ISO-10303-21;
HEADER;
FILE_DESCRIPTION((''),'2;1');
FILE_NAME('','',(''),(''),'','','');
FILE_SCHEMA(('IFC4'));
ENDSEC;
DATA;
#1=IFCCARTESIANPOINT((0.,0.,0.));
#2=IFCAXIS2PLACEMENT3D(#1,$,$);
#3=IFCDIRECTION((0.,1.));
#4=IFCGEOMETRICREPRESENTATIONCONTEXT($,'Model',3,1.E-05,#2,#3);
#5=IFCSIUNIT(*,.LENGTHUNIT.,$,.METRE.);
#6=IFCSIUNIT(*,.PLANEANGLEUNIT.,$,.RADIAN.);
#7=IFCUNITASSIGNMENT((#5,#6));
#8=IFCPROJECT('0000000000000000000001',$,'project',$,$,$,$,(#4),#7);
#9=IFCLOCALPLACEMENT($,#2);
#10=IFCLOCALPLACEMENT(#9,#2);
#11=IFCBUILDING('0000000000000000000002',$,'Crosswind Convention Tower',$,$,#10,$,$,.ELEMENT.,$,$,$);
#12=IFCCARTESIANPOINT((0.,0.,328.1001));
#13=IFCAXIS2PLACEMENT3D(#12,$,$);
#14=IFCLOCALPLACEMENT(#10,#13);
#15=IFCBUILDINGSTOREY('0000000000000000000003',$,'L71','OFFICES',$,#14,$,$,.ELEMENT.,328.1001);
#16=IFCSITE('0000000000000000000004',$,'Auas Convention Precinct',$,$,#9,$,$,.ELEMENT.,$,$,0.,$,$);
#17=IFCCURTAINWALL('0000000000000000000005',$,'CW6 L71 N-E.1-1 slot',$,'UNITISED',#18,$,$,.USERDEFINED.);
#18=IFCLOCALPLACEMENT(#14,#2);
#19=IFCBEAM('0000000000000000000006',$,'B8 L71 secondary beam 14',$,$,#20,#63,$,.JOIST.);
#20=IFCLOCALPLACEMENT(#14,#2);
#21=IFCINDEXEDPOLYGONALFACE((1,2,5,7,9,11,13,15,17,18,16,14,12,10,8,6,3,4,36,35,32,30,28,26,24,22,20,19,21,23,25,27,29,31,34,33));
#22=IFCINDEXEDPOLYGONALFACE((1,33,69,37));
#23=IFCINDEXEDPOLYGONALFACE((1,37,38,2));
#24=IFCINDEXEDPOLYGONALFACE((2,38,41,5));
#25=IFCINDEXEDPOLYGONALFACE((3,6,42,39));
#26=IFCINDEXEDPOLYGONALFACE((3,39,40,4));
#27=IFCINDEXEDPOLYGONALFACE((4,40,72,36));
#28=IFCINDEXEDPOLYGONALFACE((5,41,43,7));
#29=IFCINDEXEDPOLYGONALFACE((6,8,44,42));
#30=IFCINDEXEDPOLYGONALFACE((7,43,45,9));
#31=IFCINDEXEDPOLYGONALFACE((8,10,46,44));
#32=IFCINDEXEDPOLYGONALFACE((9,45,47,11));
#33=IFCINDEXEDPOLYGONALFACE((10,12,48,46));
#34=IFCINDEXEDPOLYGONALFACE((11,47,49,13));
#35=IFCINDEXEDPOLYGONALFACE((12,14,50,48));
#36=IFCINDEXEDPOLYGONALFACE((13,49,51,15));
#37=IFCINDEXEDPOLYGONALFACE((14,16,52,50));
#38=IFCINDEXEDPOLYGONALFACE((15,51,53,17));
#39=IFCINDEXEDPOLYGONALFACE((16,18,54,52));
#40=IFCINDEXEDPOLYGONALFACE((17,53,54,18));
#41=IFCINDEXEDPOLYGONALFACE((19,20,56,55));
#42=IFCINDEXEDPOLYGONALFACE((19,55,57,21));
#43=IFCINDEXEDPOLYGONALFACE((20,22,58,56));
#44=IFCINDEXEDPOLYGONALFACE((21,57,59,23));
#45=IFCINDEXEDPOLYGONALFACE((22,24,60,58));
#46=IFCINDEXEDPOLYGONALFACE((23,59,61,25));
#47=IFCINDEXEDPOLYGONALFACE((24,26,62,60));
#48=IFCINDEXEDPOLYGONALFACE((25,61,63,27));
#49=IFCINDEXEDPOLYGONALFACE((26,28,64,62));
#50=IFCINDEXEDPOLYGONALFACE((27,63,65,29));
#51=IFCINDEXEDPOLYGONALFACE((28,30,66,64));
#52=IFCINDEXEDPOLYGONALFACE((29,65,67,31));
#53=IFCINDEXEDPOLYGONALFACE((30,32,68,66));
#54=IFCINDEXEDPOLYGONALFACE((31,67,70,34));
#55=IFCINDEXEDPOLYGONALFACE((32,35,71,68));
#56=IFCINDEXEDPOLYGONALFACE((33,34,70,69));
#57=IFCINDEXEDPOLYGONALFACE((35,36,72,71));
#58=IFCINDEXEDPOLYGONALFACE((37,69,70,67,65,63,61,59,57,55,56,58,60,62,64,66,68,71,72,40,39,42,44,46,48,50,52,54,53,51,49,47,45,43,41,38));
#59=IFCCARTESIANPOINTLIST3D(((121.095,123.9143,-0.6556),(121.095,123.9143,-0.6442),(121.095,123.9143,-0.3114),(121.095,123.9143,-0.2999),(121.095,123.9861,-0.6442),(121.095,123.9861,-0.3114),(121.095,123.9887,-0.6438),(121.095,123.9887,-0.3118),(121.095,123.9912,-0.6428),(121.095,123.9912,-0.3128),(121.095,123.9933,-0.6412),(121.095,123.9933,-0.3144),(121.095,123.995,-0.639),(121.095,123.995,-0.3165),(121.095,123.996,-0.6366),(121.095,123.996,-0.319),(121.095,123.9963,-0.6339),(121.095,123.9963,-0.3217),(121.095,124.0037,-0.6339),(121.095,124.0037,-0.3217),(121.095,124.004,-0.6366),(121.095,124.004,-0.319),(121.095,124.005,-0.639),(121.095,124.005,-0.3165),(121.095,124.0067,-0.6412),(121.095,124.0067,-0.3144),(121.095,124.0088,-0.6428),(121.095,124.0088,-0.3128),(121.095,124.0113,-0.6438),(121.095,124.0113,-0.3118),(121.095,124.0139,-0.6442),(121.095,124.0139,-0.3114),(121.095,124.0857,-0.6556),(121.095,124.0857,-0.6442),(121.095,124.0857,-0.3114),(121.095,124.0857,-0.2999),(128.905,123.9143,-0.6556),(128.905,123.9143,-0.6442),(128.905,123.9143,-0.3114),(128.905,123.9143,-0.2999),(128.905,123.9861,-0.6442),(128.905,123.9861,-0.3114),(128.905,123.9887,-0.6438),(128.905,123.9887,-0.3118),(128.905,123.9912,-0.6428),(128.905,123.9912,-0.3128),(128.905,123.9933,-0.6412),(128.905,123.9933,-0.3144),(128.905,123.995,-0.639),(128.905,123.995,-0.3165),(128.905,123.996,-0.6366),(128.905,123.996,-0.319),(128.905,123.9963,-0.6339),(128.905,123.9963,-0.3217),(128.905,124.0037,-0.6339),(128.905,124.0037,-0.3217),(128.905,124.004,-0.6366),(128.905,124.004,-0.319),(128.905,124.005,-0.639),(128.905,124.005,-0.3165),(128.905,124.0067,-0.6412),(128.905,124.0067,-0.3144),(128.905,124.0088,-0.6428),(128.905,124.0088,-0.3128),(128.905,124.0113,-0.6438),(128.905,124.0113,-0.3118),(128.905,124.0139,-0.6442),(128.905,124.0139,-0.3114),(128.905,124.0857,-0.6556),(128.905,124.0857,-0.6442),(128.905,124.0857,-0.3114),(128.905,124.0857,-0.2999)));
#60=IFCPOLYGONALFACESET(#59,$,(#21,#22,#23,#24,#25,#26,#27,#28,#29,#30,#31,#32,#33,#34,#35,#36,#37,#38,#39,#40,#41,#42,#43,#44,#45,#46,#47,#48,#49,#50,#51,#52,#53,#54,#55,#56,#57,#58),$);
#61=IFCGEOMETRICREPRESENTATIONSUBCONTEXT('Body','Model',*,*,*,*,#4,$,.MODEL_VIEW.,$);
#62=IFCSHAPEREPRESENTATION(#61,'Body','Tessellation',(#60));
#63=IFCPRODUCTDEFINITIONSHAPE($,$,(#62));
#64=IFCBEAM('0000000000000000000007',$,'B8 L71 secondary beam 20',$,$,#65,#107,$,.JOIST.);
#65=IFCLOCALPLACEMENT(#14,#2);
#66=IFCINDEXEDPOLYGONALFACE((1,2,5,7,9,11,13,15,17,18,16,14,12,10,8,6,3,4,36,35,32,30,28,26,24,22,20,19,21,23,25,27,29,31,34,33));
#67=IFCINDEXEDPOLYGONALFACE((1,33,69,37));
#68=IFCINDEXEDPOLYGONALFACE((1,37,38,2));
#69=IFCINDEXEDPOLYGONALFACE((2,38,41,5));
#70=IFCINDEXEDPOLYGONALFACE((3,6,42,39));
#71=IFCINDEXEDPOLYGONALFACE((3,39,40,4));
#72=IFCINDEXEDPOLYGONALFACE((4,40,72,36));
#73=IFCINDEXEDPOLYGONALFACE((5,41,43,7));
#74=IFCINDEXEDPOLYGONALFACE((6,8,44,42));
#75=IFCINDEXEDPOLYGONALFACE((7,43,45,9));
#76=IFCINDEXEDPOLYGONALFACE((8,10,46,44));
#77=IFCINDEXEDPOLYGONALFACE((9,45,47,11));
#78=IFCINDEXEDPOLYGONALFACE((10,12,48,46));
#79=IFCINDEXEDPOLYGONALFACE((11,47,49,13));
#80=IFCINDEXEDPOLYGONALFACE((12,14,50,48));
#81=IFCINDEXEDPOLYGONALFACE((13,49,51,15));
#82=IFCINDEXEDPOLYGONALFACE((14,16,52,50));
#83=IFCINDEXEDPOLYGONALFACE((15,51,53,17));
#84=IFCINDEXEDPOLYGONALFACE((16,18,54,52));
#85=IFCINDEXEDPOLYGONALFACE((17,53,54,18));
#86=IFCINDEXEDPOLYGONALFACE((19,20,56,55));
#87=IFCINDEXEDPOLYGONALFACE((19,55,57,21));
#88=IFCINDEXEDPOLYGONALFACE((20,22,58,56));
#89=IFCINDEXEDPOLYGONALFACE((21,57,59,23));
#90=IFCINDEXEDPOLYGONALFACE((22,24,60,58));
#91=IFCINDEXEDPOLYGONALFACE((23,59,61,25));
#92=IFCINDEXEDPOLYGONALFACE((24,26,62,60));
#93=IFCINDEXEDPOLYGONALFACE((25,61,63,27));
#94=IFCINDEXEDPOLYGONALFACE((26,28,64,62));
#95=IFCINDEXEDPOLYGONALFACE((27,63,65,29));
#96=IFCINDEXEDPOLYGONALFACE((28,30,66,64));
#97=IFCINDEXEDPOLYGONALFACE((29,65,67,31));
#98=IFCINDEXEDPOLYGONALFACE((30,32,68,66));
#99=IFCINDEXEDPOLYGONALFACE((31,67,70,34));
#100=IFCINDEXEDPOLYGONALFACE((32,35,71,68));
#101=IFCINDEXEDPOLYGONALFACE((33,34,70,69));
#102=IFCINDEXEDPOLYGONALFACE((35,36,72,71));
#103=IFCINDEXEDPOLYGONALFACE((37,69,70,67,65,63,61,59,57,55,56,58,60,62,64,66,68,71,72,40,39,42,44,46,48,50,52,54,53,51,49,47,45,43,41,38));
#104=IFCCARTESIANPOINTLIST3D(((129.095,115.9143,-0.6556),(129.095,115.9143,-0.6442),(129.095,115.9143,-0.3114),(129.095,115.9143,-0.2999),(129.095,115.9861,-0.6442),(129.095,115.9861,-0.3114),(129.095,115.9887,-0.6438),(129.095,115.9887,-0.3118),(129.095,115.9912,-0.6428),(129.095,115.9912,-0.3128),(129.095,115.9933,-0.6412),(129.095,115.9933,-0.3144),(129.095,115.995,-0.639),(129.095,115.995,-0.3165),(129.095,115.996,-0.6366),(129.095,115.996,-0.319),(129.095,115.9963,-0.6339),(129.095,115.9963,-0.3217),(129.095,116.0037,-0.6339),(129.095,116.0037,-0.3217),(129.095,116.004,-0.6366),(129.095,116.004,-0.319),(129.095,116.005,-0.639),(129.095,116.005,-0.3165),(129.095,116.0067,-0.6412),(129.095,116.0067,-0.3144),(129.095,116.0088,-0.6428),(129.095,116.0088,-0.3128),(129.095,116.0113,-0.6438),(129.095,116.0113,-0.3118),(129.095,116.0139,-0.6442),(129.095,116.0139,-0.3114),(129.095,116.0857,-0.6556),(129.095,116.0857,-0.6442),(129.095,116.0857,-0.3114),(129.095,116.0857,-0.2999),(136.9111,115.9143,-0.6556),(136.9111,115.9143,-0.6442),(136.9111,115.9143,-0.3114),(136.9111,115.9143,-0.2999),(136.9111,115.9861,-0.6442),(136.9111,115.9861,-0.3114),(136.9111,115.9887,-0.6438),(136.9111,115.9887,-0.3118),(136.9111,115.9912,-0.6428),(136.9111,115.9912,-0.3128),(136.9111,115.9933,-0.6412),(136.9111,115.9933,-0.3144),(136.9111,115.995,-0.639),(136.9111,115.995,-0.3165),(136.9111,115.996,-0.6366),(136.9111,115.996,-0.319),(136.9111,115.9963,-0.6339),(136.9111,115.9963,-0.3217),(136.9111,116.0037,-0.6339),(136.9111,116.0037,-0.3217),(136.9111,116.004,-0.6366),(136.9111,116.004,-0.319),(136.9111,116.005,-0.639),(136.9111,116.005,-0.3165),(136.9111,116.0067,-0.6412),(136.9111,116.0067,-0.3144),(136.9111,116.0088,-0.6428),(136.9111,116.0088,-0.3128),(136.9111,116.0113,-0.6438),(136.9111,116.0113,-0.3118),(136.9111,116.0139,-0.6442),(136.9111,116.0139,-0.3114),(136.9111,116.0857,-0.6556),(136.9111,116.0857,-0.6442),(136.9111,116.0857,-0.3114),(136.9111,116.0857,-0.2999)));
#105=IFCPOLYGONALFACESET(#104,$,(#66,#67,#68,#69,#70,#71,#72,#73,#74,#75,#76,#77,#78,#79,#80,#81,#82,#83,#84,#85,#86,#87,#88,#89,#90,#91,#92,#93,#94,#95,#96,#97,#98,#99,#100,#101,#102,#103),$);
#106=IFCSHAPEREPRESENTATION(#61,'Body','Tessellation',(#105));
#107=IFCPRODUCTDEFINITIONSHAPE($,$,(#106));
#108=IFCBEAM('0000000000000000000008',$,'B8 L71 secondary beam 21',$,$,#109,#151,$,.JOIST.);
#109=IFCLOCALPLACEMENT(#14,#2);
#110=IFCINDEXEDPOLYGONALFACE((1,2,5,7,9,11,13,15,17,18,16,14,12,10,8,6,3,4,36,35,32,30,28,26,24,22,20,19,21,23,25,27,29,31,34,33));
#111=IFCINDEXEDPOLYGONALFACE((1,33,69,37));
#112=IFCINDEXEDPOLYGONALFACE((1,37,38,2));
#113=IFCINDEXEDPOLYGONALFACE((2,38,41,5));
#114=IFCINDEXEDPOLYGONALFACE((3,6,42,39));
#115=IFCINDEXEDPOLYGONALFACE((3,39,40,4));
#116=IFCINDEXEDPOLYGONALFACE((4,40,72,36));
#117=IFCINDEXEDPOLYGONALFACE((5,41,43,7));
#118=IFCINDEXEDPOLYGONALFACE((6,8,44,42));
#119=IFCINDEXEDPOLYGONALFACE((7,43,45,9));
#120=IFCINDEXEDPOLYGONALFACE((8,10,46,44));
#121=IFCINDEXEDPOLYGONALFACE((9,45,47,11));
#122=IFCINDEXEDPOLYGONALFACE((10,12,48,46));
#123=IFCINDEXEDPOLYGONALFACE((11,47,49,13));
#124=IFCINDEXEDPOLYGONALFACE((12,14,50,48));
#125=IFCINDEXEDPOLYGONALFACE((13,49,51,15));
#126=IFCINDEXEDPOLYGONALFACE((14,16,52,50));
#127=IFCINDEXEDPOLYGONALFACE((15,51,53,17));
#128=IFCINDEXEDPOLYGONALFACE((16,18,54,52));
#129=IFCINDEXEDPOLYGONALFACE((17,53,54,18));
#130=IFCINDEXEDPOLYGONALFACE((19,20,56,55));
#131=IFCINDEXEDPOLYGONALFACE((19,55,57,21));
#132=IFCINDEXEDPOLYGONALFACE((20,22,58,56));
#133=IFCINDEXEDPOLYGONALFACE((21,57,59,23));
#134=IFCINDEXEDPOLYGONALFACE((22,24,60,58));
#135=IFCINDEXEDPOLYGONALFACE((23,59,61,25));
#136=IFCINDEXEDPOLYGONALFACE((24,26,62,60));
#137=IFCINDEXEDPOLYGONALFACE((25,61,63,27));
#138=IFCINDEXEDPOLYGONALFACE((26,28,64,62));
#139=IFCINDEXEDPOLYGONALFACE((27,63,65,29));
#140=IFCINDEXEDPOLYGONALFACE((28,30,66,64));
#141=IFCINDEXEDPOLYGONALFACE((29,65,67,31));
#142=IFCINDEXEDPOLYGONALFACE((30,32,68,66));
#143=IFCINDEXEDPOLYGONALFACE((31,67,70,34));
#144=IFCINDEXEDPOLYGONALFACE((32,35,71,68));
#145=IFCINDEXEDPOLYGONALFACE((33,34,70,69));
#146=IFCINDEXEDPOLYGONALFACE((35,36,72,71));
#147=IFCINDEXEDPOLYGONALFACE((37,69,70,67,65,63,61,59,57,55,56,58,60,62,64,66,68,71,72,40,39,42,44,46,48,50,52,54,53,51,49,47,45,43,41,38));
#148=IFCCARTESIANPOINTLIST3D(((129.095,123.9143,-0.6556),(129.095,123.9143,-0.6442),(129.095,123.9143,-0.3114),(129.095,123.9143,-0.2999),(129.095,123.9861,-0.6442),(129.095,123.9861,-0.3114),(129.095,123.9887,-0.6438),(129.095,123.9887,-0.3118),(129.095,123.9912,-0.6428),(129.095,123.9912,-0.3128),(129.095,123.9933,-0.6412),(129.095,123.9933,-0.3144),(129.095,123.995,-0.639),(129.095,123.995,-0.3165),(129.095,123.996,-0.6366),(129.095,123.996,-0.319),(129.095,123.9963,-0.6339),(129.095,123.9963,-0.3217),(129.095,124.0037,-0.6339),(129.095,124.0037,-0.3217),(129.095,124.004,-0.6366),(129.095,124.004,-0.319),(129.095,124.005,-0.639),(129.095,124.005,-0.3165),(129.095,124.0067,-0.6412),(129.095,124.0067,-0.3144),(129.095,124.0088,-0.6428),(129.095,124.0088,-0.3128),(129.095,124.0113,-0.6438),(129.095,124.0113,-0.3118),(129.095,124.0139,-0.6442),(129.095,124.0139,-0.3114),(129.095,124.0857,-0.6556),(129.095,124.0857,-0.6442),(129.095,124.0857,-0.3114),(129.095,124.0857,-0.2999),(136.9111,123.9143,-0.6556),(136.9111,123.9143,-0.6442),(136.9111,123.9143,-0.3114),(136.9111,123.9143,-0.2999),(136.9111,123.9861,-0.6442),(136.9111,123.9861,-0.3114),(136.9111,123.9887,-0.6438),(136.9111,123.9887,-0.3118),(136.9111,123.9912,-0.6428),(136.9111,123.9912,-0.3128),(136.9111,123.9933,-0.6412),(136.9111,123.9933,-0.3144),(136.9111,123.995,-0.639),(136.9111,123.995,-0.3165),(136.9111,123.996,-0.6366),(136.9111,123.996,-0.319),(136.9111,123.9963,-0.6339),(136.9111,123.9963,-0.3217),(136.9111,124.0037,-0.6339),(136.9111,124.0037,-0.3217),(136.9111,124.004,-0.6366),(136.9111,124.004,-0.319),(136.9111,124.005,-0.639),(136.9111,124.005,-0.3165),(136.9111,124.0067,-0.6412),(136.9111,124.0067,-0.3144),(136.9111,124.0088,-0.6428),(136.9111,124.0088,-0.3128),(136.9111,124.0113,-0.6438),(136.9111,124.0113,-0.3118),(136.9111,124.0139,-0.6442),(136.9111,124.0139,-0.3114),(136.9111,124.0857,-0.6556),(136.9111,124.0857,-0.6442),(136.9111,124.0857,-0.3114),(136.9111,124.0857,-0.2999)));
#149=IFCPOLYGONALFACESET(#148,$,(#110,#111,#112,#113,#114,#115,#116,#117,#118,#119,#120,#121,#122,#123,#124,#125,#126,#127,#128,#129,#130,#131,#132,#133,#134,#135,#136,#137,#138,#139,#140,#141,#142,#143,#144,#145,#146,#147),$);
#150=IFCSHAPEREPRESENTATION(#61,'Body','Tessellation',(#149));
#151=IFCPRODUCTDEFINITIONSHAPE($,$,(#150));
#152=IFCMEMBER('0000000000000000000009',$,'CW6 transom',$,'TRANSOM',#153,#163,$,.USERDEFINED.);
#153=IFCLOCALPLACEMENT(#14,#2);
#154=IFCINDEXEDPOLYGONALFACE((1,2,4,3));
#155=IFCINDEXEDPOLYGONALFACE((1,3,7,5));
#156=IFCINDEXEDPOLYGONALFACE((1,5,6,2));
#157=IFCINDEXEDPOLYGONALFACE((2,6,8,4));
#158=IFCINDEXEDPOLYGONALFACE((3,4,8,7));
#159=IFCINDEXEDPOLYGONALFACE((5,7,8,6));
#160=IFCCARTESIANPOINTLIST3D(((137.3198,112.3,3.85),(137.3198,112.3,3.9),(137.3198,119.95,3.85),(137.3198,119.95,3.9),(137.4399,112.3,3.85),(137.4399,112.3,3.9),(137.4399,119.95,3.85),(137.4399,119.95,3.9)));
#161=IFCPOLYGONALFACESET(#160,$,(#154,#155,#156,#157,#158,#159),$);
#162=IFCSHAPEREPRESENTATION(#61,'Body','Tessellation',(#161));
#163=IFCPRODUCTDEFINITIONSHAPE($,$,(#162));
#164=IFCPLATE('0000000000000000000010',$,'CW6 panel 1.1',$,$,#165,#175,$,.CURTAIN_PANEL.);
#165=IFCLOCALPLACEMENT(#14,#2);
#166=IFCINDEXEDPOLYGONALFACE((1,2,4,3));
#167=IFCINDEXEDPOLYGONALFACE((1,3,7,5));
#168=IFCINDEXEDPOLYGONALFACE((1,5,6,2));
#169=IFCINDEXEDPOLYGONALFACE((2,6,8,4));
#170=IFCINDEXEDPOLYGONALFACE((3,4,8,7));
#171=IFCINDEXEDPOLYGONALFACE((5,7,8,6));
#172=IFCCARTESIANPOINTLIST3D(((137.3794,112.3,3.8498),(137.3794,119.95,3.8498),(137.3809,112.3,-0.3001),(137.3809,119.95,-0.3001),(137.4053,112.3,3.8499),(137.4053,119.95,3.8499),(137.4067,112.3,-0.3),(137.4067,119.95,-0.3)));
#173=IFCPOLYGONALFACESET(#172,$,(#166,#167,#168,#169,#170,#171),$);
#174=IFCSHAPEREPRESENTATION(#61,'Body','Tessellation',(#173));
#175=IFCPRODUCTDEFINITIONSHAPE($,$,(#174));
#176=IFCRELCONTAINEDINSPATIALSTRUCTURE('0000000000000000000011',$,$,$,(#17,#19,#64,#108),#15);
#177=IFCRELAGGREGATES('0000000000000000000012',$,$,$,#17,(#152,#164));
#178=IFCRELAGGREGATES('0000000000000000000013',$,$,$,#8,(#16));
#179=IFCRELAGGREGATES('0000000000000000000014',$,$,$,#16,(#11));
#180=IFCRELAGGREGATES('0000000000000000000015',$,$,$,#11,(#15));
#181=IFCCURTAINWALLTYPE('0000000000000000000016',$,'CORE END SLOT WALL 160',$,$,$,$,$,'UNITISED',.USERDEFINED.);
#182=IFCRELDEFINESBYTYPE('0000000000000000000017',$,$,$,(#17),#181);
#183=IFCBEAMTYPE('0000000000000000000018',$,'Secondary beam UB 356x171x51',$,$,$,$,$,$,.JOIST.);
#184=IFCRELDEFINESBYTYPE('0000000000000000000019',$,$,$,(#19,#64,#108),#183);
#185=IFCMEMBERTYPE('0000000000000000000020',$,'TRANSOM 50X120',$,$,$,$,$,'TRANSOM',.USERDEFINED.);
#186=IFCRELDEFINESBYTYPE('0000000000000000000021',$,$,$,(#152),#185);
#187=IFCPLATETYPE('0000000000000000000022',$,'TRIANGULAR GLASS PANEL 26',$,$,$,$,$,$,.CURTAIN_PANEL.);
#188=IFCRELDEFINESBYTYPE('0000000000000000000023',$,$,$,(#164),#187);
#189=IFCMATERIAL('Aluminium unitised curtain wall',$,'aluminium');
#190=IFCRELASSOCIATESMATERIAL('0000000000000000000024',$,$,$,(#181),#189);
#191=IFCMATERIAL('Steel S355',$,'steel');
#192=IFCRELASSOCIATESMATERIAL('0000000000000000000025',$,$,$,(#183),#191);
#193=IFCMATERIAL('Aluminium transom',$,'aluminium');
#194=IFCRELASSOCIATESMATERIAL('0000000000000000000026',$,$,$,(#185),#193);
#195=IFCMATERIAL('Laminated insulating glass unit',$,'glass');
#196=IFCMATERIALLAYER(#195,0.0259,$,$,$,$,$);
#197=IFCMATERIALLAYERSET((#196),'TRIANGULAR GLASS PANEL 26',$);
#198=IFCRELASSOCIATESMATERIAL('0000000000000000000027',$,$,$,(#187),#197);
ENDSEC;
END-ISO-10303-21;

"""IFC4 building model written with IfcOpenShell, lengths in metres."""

from ifc_helpers import new_model, si_unit, direction, frame, origin, origin_2d, place, context, subcontext, project, spatial, polyline, rectangle, i_section, outline, extrude, material, layer, layer_set, material_profile, profile_set, type_object, element, aggregate, save


model = new_model("IFC4")

# Units and contexts
model_context = context("Model", 3, precision=1e-05, world=origin(), true_north=direction((0.0, 1.0)))
body_context = subcontext(model_context, "Body", "Model", "MODEL_VIEW")
ifc_project = project(units=[si_unit("LENGTHUNIT", "METRE"), si_unit("PLANEANGLEUNIT", "RADIAN")], contexts=[model_context])

# Site, building, storey
site_placement = place(None, origin())
site = spatial("IfcSite", under=ifc_project, at=site_placement, Name="Auas Convention Precinct", CompositionType="ELEMENT", RefElevation=0.0)
building_placement = place(site_placement, origin())
building = spatial("IfcBuilding", under=site, at=building_placement, Name="Crosswind Convention Tower", CompositionType="ELEMENT")
storey_placement = place(building_placement, frame((0.0, 0.0, 328.1001)))
storey = spatial("IfcBuildingStorey", under=building, at=storey_placement, Name="L71", Description="OFFICES", CompositionType="ELEMENT", Elevation=328.1001)

# Shared definitions
ifc_material_1 = material(Name="Steel S355", Category="steel")

# Curtain wall
ifc_material_2 = material(Name="Aluminium unitised curtain wall", Category="aluminium")
curtain_wall_type = type_object("IfcCurtainWallType", Name="CORE END SLOT WALL 160", ElementType="UNITISED", PredefinedType="USERDEFINED", material=ifc_material_2)
curtain_wall_placement = place(storey_placement, origin())
curtain_wall = element("IfcCurtainWall", 1, at=curtain_wall_placement, inside=storey, type_object=curtain_wall_type, Name="CW6 L71 N-E.1-1 slot", ObjectType="UNITISED", PredefinedType="USERDEFINED")

# Beams
ifc_material_profile_1 = material_profile(ifc_material_1, i_section(OverallWidth=0.1714, OverallDepth=0.3557, WebThickness=0.0073, FlangeThickness=0.0115, FilletRadius=0.0103, at=origin_2d()), Name="UB 356x171x51")
ifc_profile_set_1 = profile_set([ifc_material_profile_1], Name="Steel S355")
beam_type_1 = type_object("IfcBeamType", Name="Secondary beam UB 356x171x51", PredefinedType="JOIST", material=ifc_profile_set_1)
for number, where, z_axis, x_axis, name in (
    (2, (121.095, 124.0, -0.4778), (1.0, 0.0, 0.0), (0.0, 1.0, 0.0), "B8 L71 secondary beam 14"),
):
    element("IfcBeam", number, at=place(storey_placement, frame(where, z_axis=z_axis, x_axis=x_axis)), inside=storey, type_object=beam_type_1, Name=name, PredefinedType="JOIST", context=body_context, shape_type="SweptSolid", body=[
        extrude(i_section(OverallWidth=0.1714, OverallDepth=0.3557, WebThickness=0.0073, FlangeThickness=0.0115, FilletRadius=0.0103, at=origin_2d()), origin(), (0.0, 0.0, 1.0), 7.8101),
    ])
for number, where, z_axis, x_axis, name in (
    (3, (129.095, 116.0, -0.4778), (1.0, 0.0, 0.0), (0.0, 1.0, 0.0), "B8 L71 secondary beam 20"),
    (4, (129.095, 124.0, -0.4778), (1.0, 0.0, 0.0), (0.0, 1.0, 0.0), "B8 L71 secondary beam 21"),
):
    element("IfcBeam", number, at=place(storey_placement, frame(where, z_axis=z_axis, x_axis=x_axis)), inside=storey, type_object=beam_type_1, Name=name, PredefinedType="JOIST", context=body_context, shape_type="SweptSolid", body=[
        extrude(i_section(OverallWidth=0.1714, OverallDepth=0.3557, WebThickness=0.0073, FlangeThickness=0.0115, FilletRadius=0.0103, at=origin_2d()), origin(), (0.0, 0.0, 1.0), 7.8162),
    ])

# Member
ifc_material_3 = material(Name="Aluminium transom", Category="aluminium")
ifc_material_profile_2 = material_profile(ifc_material_3, rectangle(XDim=0.1201, YDim=0.05, at=origin_2d()), Name="AL 120X50")
ifc_profile_set_2 = profile_set([ifc_material_profile_2], Name="Aluminium transom")
member_type_1 = type_object("IfcMemberType", Name="TRANSOM 50X120", ElementType="TRANSOM", PredefinedType="USERDEFINED", material=ifc_profile_set_2)
member_1_placement = place(storey_placement, frame((137.3799, 112.3, 3.875), z_axis=(0.0, 1.0, 0.0), x_axis=(-1.0, 0.0, 0.0)))
member_1 = element("IfcMember", 5, at=member_1_placement, type_object=member_type_1, Name="CW6 transom", ObjectType="TRANSOM", PredefinedType="USERDEFINED", context=body_context, shape_type="SweptSolid", body=[
    extrude(rectangle(XDim=0.1201, YDim=0.05, at=origin_2d()), origin(), (0.0, 0.0, 1.0), 7.6499),
])

# Plate
ifc_material_4 = material(Name="Laminated insulating glass unit", Category="glass")
ifc_layer_1 = layer(ifc_material_4, 0.0259)
ifc_layer_set_1 = layer_set([ifc_layer_1], Name="TRIANGULAR GLASS PANEL 26")
plate_type = type_object("IfcPlateType", Name="TRIANGULAR GLASS PANEL 26", PredefinedType="CURTAIN_PANEL", material=ifc_layer_set_1)
plate_placement = place(storey_placement, frame((137.4067, 112.3, -0.3), z_axis=(1.0, 0.0, 0.000353), x_axis=(0.0, 1.0, 0.0)))
plate = element("IfcPlate", 6, at=plate_placement, type_object=plate_type, Name="CW6 panel 1.1", PredefinedType="CURTAIN_PANEL", context=body_context, shape_type="SweptSolid", body=[
    extrude(outline(polyline([(0.0, 0.0), (7.6499, 0.0), (7.6499, 4.1499), (0.0, 4.1499), (0.0, 0.0)])), origin(), (0.0, 0.0, -1.0), 0.0259),
])
aggregate(curtain_wall, [member_1, plate])

save(model, "model.ifc")
